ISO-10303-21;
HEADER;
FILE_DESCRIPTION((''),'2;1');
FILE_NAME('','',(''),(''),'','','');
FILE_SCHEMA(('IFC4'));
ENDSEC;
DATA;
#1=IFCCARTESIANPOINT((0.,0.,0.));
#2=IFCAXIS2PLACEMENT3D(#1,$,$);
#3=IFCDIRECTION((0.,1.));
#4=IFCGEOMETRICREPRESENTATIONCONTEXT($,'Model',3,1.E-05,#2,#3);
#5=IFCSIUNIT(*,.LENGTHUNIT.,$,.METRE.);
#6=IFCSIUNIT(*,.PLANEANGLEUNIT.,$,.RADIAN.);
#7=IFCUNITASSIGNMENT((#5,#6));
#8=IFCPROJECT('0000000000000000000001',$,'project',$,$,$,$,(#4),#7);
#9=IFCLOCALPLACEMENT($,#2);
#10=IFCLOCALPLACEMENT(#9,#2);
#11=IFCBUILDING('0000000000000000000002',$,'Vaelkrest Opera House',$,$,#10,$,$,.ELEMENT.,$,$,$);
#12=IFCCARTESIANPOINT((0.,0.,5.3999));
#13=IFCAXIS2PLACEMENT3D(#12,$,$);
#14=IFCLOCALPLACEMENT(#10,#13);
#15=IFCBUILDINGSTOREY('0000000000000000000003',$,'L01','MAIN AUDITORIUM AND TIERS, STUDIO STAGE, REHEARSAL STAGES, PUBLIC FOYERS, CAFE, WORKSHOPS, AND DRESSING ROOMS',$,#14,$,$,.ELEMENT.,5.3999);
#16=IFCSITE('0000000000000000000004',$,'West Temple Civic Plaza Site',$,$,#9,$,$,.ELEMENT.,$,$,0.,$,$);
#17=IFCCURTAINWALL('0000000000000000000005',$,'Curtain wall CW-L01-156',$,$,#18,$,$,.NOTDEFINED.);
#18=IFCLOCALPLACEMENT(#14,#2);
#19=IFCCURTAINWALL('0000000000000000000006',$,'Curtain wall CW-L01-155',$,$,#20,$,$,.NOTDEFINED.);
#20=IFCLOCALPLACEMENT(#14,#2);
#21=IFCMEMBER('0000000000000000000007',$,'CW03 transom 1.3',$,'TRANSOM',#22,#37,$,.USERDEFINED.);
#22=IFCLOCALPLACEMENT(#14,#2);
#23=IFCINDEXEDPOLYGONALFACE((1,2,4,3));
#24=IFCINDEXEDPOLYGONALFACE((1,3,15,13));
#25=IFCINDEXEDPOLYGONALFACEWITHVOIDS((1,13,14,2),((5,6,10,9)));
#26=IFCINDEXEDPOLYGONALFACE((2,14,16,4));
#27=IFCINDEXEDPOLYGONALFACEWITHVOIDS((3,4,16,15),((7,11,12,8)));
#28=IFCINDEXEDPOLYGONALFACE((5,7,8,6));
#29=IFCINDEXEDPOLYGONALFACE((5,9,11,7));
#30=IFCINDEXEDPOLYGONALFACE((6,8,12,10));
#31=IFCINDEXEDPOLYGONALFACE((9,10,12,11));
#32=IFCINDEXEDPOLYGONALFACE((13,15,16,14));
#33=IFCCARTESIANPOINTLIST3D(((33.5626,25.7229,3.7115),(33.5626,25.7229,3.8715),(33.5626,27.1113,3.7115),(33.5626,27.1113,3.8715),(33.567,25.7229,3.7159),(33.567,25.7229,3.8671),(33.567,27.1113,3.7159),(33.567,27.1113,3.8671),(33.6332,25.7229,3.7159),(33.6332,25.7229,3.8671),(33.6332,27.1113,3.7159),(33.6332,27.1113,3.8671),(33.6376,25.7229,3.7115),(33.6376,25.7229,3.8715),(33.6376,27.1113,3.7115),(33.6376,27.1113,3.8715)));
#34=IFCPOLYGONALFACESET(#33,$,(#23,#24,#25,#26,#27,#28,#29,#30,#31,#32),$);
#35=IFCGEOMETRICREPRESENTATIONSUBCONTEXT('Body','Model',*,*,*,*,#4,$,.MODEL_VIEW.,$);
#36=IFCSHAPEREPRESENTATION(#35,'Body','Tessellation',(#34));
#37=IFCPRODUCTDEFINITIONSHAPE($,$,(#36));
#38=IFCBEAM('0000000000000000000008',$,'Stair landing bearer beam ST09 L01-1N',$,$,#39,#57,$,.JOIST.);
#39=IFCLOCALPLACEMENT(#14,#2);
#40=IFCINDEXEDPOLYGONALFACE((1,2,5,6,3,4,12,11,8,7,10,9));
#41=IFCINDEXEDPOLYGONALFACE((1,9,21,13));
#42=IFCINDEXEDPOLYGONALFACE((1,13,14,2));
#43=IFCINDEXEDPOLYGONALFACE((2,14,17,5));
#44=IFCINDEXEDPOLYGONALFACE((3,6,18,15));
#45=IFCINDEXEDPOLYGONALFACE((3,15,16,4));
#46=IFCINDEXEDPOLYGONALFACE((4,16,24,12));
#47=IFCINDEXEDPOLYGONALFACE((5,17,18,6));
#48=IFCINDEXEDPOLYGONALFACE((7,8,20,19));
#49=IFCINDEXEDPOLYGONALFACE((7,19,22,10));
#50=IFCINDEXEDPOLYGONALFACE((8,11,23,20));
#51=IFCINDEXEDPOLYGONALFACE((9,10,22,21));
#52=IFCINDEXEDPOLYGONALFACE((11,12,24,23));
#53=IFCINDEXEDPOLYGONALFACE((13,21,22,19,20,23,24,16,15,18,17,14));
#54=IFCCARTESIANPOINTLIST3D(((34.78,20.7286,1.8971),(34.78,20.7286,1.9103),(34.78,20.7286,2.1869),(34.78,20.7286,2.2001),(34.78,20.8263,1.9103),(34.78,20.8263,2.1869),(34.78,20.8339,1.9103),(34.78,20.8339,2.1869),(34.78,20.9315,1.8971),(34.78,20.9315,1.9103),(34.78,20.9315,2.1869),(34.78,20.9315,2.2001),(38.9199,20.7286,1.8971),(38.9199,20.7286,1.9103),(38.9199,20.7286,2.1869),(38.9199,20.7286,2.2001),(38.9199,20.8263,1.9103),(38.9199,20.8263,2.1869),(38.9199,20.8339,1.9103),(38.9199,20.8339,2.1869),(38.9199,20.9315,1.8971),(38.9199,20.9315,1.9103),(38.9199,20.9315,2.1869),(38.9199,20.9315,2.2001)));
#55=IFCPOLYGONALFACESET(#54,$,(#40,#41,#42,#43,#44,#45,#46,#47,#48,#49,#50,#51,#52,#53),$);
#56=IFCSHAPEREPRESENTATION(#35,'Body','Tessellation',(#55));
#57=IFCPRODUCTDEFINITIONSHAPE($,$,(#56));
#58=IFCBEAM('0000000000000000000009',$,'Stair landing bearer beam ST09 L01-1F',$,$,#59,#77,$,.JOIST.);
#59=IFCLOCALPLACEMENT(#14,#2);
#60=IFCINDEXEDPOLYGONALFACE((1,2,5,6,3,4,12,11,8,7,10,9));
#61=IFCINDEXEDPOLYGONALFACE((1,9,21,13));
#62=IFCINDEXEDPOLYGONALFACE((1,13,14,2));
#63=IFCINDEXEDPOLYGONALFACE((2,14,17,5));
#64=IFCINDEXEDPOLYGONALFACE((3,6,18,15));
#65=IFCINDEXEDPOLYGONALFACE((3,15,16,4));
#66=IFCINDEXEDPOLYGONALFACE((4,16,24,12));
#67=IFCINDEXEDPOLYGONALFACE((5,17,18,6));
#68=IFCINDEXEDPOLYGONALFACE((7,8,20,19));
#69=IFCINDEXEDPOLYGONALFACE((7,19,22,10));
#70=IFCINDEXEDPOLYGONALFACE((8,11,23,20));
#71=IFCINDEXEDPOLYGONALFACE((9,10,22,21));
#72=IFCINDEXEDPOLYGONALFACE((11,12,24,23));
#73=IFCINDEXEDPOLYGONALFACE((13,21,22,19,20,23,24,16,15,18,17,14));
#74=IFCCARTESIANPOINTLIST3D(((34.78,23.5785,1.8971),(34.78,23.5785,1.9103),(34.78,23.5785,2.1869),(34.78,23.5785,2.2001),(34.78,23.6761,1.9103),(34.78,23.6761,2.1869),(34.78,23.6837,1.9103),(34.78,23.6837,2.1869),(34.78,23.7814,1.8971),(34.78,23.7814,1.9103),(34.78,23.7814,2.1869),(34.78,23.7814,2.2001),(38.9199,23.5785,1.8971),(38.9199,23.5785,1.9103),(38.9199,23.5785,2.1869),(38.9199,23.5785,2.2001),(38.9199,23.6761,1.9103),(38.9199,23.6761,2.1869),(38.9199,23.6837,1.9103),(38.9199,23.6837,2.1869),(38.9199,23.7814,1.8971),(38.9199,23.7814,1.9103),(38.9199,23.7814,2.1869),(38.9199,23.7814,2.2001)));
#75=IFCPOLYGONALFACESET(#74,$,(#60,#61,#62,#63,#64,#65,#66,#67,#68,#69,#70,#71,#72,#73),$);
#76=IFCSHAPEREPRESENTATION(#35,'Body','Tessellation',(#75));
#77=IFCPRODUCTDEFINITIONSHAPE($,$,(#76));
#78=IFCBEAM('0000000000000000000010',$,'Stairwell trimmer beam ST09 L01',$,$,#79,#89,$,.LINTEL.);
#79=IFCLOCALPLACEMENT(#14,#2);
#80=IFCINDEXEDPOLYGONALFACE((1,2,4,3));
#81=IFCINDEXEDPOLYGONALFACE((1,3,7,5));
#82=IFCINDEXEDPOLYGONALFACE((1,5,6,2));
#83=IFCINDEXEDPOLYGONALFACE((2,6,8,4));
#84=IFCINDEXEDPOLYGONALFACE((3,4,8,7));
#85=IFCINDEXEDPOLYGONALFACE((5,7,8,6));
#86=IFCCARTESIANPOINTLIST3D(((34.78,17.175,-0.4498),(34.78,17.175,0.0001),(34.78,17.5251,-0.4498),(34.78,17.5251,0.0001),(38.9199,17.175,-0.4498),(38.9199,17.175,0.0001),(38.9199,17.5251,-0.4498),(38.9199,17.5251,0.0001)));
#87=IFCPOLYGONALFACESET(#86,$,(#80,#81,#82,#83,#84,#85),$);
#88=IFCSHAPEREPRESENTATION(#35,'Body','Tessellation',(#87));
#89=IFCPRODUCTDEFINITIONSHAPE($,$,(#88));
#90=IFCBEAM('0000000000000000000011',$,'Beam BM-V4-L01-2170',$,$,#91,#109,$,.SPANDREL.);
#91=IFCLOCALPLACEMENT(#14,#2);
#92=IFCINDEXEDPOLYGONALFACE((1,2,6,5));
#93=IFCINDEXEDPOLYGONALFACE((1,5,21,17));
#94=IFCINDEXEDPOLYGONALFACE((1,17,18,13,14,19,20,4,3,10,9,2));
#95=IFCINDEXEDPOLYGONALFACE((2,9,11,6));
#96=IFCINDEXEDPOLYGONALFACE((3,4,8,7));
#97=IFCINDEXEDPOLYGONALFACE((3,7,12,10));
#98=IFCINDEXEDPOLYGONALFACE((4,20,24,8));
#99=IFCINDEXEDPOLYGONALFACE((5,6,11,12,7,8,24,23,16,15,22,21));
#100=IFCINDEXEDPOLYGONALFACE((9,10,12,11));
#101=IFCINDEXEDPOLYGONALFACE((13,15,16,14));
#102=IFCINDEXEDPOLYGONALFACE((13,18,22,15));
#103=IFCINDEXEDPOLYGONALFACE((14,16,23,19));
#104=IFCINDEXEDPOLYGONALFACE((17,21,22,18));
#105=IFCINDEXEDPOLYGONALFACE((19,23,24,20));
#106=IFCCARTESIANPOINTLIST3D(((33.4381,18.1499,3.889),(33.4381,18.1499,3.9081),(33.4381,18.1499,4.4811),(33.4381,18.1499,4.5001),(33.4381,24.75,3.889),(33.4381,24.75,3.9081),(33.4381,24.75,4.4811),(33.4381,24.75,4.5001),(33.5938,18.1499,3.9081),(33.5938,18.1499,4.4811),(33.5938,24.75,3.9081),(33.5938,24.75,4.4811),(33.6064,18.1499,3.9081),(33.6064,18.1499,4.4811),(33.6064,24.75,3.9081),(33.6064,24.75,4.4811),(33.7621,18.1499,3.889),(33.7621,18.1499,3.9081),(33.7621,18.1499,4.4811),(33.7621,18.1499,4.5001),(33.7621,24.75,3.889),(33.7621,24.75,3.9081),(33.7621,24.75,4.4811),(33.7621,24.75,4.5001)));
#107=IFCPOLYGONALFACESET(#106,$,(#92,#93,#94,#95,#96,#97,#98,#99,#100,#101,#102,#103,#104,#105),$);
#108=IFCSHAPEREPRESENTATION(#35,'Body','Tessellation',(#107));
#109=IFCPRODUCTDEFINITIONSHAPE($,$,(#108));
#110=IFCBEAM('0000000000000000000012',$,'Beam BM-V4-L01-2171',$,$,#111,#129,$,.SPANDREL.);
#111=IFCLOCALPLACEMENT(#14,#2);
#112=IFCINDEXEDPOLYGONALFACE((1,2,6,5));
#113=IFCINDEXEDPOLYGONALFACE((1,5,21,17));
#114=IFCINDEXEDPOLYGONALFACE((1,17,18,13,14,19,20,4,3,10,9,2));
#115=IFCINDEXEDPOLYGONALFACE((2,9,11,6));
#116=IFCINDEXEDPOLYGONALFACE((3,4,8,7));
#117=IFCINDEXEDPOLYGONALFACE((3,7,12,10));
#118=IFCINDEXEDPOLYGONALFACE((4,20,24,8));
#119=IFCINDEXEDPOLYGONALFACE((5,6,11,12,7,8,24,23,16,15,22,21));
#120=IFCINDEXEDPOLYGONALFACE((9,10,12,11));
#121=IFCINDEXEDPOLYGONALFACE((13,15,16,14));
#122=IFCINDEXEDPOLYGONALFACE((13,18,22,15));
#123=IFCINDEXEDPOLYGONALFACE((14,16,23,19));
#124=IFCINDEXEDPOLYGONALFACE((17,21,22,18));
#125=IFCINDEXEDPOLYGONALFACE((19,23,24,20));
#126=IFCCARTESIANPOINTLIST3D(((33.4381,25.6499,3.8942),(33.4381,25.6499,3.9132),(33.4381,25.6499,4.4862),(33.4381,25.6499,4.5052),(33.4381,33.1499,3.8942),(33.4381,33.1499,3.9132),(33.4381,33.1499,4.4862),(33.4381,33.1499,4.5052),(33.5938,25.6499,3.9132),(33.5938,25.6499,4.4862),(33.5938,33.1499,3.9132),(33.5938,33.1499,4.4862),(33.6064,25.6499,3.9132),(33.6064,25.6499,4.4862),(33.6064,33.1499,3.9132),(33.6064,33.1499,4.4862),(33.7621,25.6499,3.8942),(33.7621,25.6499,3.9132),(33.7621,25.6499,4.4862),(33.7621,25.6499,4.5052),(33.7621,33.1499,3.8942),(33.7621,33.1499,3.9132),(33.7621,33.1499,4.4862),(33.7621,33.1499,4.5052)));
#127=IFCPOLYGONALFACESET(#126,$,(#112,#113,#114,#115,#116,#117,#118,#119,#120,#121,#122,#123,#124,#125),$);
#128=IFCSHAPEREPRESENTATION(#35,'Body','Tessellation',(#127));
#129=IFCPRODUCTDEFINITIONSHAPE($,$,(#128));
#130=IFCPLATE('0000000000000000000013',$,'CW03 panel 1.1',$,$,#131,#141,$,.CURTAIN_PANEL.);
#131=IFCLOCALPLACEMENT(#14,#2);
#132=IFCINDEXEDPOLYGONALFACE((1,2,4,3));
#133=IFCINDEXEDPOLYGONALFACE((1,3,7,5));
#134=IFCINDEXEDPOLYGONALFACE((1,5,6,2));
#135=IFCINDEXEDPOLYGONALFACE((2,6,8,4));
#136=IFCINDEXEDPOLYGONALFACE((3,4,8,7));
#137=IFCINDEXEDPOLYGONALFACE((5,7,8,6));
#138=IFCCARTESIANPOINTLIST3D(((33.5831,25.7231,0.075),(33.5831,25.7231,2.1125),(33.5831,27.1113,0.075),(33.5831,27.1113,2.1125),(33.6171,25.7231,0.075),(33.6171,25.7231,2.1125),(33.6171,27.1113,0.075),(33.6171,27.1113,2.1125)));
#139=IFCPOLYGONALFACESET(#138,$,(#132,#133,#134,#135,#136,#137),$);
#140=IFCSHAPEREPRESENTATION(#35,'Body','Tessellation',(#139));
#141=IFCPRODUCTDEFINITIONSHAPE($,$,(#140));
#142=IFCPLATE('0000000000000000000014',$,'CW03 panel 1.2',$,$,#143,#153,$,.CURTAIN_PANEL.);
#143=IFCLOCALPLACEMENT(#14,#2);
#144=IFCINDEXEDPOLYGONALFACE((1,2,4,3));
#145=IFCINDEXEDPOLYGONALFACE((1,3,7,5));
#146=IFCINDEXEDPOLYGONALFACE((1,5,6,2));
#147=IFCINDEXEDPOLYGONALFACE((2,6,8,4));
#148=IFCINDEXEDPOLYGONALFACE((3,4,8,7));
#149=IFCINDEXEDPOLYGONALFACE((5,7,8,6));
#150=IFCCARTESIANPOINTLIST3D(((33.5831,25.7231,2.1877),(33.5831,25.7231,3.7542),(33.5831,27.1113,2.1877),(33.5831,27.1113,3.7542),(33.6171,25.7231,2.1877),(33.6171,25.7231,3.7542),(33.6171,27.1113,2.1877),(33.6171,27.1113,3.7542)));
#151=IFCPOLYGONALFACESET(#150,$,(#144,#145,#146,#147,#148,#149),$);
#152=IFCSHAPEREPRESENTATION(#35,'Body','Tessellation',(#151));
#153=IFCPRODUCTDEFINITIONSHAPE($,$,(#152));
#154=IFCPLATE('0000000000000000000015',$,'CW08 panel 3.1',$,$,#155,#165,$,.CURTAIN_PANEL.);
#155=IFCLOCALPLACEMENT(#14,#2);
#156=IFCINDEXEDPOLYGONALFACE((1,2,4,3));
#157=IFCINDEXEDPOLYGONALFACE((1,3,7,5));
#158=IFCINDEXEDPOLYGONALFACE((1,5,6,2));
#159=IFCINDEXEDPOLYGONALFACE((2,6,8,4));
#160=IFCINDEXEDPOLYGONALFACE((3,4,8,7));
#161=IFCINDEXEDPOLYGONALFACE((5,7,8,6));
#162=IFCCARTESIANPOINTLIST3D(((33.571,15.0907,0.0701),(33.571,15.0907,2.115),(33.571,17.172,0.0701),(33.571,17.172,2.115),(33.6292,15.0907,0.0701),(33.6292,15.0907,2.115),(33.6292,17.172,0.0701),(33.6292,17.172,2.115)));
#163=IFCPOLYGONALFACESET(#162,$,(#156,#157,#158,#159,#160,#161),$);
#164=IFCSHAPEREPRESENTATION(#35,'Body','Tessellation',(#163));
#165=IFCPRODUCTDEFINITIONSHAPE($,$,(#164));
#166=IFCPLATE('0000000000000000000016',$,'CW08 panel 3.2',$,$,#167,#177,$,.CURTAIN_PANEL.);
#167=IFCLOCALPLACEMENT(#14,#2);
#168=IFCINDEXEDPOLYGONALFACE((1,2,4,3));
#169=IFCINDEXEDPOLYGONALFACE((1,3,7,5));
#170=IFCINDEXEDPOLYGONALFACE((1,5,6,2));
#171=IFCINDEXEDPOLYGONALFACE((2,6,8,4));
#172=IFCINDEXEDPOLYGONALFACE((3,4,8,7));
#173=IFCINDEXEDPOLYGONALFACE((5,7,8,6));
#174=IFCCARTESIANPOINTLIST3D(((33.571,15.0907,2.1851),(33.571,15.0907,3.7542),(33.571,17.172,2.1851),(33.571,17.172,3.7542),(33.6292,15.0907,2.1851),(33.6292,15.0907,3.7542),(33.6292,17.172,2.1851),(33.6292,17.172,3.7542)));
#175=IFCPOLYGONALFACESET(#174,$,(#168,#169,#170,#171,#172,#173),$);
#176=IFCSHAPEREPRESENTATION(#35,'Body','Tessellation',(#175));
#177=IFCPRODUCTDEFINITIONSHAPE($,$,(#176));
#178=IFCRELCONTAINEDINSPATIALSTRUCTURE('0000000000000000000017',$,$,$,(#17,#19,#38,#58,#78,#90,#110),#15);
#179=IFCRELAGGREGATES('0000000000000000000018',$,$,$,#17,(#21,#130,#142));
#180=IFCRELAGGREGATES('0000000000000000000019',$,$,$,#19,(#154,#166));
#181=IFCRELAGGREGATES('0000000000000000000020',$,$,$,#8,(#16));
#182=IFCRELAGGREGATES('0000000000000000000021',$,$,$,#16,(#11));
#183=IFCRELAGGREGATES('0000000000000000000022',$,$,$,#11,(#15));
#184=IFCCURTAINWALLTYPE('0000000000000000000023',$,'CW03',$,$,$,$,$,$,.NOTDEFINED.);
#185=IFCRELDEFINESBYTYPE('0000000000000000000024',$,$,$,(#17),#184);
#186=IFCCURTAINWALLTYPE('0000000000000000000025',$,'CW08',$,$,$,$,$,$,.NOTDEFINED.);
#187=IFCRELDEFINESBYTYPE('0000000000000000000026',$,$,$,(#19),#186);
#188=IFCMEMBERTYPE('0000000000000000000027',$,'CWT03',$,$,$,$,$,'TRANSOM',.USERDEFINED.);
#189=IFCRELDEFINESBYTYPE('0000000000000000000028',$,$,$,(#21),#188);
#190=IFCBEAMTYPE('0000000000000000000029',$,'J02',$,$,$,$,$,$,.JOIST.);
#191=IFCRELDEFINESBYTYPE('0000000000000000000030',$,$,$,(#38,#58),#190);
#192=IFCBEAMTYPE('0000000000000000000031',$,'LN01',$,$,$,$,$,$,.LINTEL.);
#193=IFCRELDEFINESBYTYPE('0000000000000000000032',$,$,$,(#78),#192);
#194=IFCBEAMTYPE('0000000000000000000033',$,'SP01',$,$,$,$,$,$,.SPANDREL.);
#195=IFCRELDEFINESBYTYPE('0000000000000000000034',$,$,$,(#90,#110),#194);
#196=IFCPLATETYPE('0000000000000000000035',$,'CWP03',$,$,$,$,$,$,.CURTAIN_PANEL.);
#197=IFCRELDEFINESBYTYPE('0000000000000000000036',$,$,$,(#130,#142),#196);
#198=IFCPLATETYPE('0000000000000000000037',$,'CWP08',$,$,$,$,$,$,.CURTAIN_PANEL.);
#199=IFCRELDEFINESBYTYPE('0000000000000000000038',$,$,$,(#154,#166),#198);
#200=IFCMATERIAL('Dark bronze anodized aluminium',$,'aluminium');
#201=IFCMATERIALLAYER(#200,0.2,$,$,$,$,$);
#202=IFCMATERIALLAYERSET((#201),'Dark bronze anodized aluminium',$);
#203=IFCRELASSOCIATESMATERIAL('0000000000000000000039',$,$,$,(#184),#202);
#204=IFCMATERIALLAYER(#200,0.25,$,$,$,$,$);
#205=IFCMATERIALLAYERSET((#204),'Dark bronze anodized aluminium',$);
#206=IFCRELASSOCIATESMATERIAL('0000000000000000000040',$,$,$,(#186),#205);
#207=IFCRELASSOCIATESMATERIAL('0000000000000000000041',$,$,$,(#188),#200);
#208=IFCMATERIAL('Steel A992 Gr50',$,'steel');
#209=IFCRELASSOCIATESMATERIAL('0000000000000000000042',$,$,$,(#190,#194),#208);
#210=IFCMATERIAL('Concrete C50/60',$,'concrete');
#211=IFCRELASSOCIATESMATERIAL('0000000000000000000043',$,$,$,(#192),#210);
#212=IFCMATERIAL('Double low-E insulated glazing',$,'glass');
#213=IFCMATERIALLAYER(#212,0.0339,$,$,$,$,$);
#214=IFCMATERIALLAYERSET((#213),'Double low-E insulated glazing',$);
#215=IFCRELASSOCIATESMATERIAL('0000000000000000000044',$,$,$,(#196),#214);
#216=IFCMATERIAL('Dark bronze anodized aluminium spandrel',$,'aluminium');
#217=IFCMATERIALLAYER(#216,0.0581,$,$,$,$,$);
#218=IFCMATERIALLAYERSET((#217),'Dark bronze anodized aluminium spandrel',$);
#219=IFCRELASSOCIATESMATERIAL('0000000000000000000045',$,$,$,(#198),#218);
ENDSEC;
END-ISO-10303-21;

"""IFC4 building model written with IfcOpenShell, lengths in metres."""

from ifc_helpers import new_model, si_unit, direction, frame, origin, origin_2d, place, context, subcontext, project, spatial, rectangle, hollow_rectangle, i_section, extrude, material, layer, layer_set, material_profile, profile_set, type_object, element, aggregate, save


model = new_model("IFC4")

# Units and contexts
model_context = context("Model", 3, precision=1e-05, world=origin(), true_north=direction((0.0, 1.0)))
body_context = subcontext(model_context, "Body", "Model", "MODEL_VIEW")
ifc_project = project(units=[si_unit("LENGTHUNIT", "METRE"), si_unit("PLANEANGLEUNIT", "RADIAN")], contexts=[model_context])

# Site, building, storey
site_placement = place(None, origin())
site = spatial("IfcSite", under=ifc_project, at=site_placement, Name="West Temple Civic Plaza Site", CompositionType="ELEMENT", RefElevation=0.0)
building_placement = place(site_placement, origin())
building = spatial("IfcBuilding", under=site, at=building_placement, Name="Vaelkrest Opera House", CompositionType="ELEMENT")
storey_placement = place(building_placement, frame((0.0, 0.0, 5.3999)))
storey = spatial("IfcBuildingStorey", under=building, at=storey_placement, Name="L01", Description="MAIN AUDITORIUM AND TIERS, STUDIO STAGE, REHEARSAL STAGES, PUBLIC FOYERS, CAFE, WORKSHOPS, AND DRESSING ROOMS", CompositionType="ELEMENT", Elevation=5.3999)

# Shared definitions
ifc_material_1 = material(Name="Concrete C50/60", Category="concrete")

# Shared definitions
ifc_material_2 = material(Name="Steel A992 Gr50", Category="steel")

# Curtain wall
ifc_material_3 = material(Name="Dark bronze anodized aluminium", Category="aluminium")
ifc_layer_1 = layer(ifc_material_3, 0.2)
ifc_layer_set_1 = layer_set([ifc_layer_1], Name="Dark bronze anodized aluminium")
curtain_wall_type_1 = type_object("IfcCurtainWallType", Name="CW03", PredefinedType="NOTDEFINED", material=ifc_layer_set_1)
curtain_wall_1_placement = place(storey_placement, origin())
curtain_wall_1 = element("IfcCurtainWall", 1, at=curtain_wall_1_placement, inside=storey, type_object=curtain_wall_type_1, Name="Curtain wall CW-L01-156", PredefinedType="NOTDEFINED")

# Curtain wall
ifc_layer_2 = layer(ifc_material_3, 0.25)
ifc_layer_set_2 = layer_set([ifc_layer_2], Name="Dark bronze anodized aluminium")
curtain_wall_type_2 = type_object("IfcCurtainWallType", Name="CW08", PredefinedType="NOTDEFINED", material=ifc_layer_set_2)
curtain_wall_2_placement = place(storey_placement, origin())
curtain_wall_2 = element("IfcCurtainWall", 2, at=curtain_wall_2_placement, inside=storey, type_object=curtain_wall_type_2, Name="Curtain wall CW-L01-155", PredefinedType="NOTDEFINED")

# Member
ifc_material_profile_1 = material_profile(ifc_material_3, hollow_rectangle(XDim=0.075, YDim=0.1599, WallThickness=0.0044, at=origin_2d()), Name="CWT75X160")
ifc_profile_set_1 = profile_set([ifc_material_profile_1], Name="Dark bronze anodized aluminium")
member_type_1 = type_object("IfcMemberType", Name="CWT03", ElementType="TRANSOM", PredefinedType="USERDEFINED", material=ifc_profile_set_1)
member_1_placement = place(storey_placement, frame((33.6001, 25.7229, 3.7915), z_axis=(0.0, 1.0, 0.0), x_axis=(-1.0, 0.0, 0.0)))
member_1 = element("IfcMember", 3, at=member_1_placement, type_object=member_type_1, Name="CW03 transom 1.3", ObjectType="TRANSOM", PredefinedType="USERDEFINED", context=body_context, shape_type="SweptSolid", body=[
    extrude(hollow_rectangle(XDim=0.075, YDim=0.1599, WallThickness=0.0044, at=origin_2d()), origin(), (0.0, 0.0, 1.0), 1.3884),
])

# Beams
ifc_material_profile_2 = material_profile(ifc_material_2, i_section(OverallWidth=0.2029, OverallDepth=0.303, WebThickness=0.0076, FlangeThickness=0.0132, at=origin_2d()), Name="W12X40")
ifc_profile_set_2 = profile_set([ifc_material_profile_2], Name="Steel A992 Gr50")
beam_type_1 = type_object("IfcBeamType", Name="J02", PredefinedType="JOIST", material=ifc_profile_set_2)
for number, where, z_axis, x_axis, name in (
    (4, (34.78, 20.8301, 2.0486), (1.0, 0.0, 0.0), (0.0, 1.0, 0.0), "Stair landing bearer beam ST09 L01-1N"),
    (5, (34.78, 23.6799, 2.0486), (1.0, 0.0, 0.0), (0.0, 1.0, 0.0), "Stair landing bearer beam ST09 L01-1F"),
):
    element("IfcBeam", number, at=place(storey_placement, frame(where, z_axis=z_axis, x_axis=x_axis)), inside=storey, type_object=beam_type_1, Name=name, PredefinedType="JOIST", context=body_context, shape_type="SweptSolid", body=[
        extrude(i_section(OverallWidth=0.2029, OverallDepth=0.303, WebThickness=0.0076, FlangeThickness=0.0132, at=origin_2d()), origin(), (0.0, 0.0, 1.0), 4.1399),
    ])
ifc_material_profile_3 = material_profile(ifc_material_1, rectangle(XDim=0.3501, YDim=0.45, at=origin_2d()), Name="RCB350X450")
ifc_profile_set_3 = profile_set([ifc_material_profile_3], Name="Concrete C50/60")
beam_type_2 = type_object("IfcBeamType", Name="LN01", PredefinedType="LINTEL", material=ifc_profile_set_3)
beam_1_placement = place(storey_placement, frame((34.78, 17.3501, -0.2249), z_axis=(1.0, 0.0, 0.0), x_axis=(0.0, 1.0, 0.0)))
element("IfcBeam", 6, at=beam_1_placement, inside=storey, type_object=beam_type_2, Name="Stairwell trimmer beam ST09 L01", PredefinedType="LINTEL", context=body_context, shape_type="SweptSolid", body=[
    extrude(rectangle(XDim=0.3501, YDim=0.45, at=origin_2d()), origin(), (0.0, 0.0, 1.0), 4.1399),
])
ifc_material_profile_4 = material_profile(ifc_material_2, i_section(OverallWidth=0.324, OverallDepth=0.6111, WebThickness=0.0127, FlangeThickness=0.019, at=origin_2d()), Name="W24X104")
ifc_profile_set_4 = profile_set([ifc_material_profile_4], Name="Steel A992 Gr50")
beam_type_3 = type_object("IfcBeamType", Name="SP01", PredefinedType="SPANDREL", material=ifc_profile_set_4)
beam_2_placement = place(storey_placement, frame((33.6001, 18.1499, 4.1946), z_axis=(0.0, 1.0, 0.0), x_axis=(-1.0, 0.0, 0.0)))
element("IfcBeam", 7, at=beam_2_placement, inside=storey, type_object=beam_type_3, Name="Beam BM-V4-L01-2170", PredefinedType="SPANDREL", context=body_context, shape_type="SweptSolid", body=[
    extrude(i_section(OverallWidth=0.324, OverallDepth=0.6111, WebThickness=0.0127, FlangeThickness=0.019, at=origin_2d()), origin(), (0.0, 0.0, 1.0), 6.6001),
])
beam_3_placement = place(storey_placement, frame((33.6001, 25.6499, 4.1997), z_axis=(0.0, 1.0, 0.0), x_axis=(-1.0, 0.0, 0.0)))
element("IfcBeam", 8, at=beam_3_placement, inside=storey, type_object=beam_type_3, Name="Beam BM-V4-L01-2171", PredefinedType="SPANDREL", context=body_context, shape_type="SweptSolid", body=[
    extrude(i_section(OverallWidth=0.324, OverallDepth=0.6111, WebThickness=0.0127, FlangeThickness=0.019, at=origin_2d()), origin(), (0.0, 0.0, 1.0), 7.5),
])

# Plates
ifc_material_4 = material(Name="Double low-E insulated glazing", Category="glass")
ifc_layer_3 = layer(ifc_material_4, 0.0339)
ifc_layer_set_3 = layer_set([ifc_layer_3], Name="Double low-E insulated glazing")
plate_type_1 = type_object("IfcPlateType", Name="CWP03", PredefinedType="CURTAIN_PANEL", material=ifc_layer_set_3)
plate_1_placement = place(storey_placement, frame((33.6001, 26.4172, 0.075), z_axis=(0.0, 0.0, 1.0), x_axis=(0.0, 1.0, 0.0)))
plate_1 = element("IfcPlate", 9, at=plate_1_placement, type_object=plate_type_1, Name="CW03 panel 1.1", PredefinedType="CURTAIN_PANEL", context=body_context, shape_type="SweptSolid", body=[
    extrude(rectangle(XDim=1.3882, YDim=0.0339, at=origin_2d()), origin(), (0.0, 0.0, 1.0), 2.0376),
])
plate_2_placement = place(storey_placement, frame((33.6001, 26.4172, 2.1877), z_axis=(0.0, 0.0, 1.0), x_axis=(0.0, 1.0, 0.0)))
plate_2 = element("IfcPlate", 10, at=plate_2_placement, type_object=plate_type_1, Name="CW03 panel 1.2", PredefinedType="CURTAIN_PANEL", context=body_context, shape_type="SweptSolid", body=[
    extrude(rectangle(XDim=1.3882, YDim=0.0339, at=origin_2d()), origin(), (0.0, 0.0, 1.0), 1.5664),
])
aggregate(curtain_wall_1, [member_1, plate_1, plate_2])
ifc_material_5 = material(Name="Dark bronze anodized aluminium spandrel", Category="aluminium")
ifc_layer_4 = layer(ifc_material_5, 0.0581)
ifc_layer_set_4 = layer_set([ifc_layer_4], Name="Dark bronze anodized aluminium spandrel")
plate_type_2 = type_object("IfcPlateType", Name="CWP08", PredefinedType="CURTAIN_PANEL", material=ifc_layer_set_4)
plate_3_placement = place(storey_placement, frame((33.6001, 16.1313, 0.0701), z_axis=(0.0, 0.0, 1.0), x_axis=(0.0, 1.0, 0.0)))
plate_3 = element("IfcPlate", 11, at=plate_3_placement, type_object=plate_type_2, Name="CW08 panel 3.1", PredefinedType="CURTAIN_PANEL", context=body_context, shape_type="SweptSolid", body=[
    extrude(rectangle(XDim=2.0813, YDim=0.0581, at=origin_2d()), origin(), (0.0, 0.0, 1.0), 2.0449),
])
plate_4_placement = place(storey_placement, frame((33.6001, 16.1313, 2.1851), z_axis=(0.0, 0.0, 1.0), x_axis=(0.0, 1.0, 0.0)))
plate_4 = element("IfcPlate", 12, at=plate_4_placement, type_object=plate_type_2, Name="CW08 panel 3.2", PredefinedType="CURTAIN_PANEL", context=body_context, shape_type="SweptSolid", body=[
    extrude(rectangle(XDim=2.0813, YDim=0.0581, at=origin_2d()), origin(), (0.0, 0.0, 1.0), 1.5691),
])
aggregate(curtain_wall_2, [plate_3, plate_4])

save(model, "model.ifc")
